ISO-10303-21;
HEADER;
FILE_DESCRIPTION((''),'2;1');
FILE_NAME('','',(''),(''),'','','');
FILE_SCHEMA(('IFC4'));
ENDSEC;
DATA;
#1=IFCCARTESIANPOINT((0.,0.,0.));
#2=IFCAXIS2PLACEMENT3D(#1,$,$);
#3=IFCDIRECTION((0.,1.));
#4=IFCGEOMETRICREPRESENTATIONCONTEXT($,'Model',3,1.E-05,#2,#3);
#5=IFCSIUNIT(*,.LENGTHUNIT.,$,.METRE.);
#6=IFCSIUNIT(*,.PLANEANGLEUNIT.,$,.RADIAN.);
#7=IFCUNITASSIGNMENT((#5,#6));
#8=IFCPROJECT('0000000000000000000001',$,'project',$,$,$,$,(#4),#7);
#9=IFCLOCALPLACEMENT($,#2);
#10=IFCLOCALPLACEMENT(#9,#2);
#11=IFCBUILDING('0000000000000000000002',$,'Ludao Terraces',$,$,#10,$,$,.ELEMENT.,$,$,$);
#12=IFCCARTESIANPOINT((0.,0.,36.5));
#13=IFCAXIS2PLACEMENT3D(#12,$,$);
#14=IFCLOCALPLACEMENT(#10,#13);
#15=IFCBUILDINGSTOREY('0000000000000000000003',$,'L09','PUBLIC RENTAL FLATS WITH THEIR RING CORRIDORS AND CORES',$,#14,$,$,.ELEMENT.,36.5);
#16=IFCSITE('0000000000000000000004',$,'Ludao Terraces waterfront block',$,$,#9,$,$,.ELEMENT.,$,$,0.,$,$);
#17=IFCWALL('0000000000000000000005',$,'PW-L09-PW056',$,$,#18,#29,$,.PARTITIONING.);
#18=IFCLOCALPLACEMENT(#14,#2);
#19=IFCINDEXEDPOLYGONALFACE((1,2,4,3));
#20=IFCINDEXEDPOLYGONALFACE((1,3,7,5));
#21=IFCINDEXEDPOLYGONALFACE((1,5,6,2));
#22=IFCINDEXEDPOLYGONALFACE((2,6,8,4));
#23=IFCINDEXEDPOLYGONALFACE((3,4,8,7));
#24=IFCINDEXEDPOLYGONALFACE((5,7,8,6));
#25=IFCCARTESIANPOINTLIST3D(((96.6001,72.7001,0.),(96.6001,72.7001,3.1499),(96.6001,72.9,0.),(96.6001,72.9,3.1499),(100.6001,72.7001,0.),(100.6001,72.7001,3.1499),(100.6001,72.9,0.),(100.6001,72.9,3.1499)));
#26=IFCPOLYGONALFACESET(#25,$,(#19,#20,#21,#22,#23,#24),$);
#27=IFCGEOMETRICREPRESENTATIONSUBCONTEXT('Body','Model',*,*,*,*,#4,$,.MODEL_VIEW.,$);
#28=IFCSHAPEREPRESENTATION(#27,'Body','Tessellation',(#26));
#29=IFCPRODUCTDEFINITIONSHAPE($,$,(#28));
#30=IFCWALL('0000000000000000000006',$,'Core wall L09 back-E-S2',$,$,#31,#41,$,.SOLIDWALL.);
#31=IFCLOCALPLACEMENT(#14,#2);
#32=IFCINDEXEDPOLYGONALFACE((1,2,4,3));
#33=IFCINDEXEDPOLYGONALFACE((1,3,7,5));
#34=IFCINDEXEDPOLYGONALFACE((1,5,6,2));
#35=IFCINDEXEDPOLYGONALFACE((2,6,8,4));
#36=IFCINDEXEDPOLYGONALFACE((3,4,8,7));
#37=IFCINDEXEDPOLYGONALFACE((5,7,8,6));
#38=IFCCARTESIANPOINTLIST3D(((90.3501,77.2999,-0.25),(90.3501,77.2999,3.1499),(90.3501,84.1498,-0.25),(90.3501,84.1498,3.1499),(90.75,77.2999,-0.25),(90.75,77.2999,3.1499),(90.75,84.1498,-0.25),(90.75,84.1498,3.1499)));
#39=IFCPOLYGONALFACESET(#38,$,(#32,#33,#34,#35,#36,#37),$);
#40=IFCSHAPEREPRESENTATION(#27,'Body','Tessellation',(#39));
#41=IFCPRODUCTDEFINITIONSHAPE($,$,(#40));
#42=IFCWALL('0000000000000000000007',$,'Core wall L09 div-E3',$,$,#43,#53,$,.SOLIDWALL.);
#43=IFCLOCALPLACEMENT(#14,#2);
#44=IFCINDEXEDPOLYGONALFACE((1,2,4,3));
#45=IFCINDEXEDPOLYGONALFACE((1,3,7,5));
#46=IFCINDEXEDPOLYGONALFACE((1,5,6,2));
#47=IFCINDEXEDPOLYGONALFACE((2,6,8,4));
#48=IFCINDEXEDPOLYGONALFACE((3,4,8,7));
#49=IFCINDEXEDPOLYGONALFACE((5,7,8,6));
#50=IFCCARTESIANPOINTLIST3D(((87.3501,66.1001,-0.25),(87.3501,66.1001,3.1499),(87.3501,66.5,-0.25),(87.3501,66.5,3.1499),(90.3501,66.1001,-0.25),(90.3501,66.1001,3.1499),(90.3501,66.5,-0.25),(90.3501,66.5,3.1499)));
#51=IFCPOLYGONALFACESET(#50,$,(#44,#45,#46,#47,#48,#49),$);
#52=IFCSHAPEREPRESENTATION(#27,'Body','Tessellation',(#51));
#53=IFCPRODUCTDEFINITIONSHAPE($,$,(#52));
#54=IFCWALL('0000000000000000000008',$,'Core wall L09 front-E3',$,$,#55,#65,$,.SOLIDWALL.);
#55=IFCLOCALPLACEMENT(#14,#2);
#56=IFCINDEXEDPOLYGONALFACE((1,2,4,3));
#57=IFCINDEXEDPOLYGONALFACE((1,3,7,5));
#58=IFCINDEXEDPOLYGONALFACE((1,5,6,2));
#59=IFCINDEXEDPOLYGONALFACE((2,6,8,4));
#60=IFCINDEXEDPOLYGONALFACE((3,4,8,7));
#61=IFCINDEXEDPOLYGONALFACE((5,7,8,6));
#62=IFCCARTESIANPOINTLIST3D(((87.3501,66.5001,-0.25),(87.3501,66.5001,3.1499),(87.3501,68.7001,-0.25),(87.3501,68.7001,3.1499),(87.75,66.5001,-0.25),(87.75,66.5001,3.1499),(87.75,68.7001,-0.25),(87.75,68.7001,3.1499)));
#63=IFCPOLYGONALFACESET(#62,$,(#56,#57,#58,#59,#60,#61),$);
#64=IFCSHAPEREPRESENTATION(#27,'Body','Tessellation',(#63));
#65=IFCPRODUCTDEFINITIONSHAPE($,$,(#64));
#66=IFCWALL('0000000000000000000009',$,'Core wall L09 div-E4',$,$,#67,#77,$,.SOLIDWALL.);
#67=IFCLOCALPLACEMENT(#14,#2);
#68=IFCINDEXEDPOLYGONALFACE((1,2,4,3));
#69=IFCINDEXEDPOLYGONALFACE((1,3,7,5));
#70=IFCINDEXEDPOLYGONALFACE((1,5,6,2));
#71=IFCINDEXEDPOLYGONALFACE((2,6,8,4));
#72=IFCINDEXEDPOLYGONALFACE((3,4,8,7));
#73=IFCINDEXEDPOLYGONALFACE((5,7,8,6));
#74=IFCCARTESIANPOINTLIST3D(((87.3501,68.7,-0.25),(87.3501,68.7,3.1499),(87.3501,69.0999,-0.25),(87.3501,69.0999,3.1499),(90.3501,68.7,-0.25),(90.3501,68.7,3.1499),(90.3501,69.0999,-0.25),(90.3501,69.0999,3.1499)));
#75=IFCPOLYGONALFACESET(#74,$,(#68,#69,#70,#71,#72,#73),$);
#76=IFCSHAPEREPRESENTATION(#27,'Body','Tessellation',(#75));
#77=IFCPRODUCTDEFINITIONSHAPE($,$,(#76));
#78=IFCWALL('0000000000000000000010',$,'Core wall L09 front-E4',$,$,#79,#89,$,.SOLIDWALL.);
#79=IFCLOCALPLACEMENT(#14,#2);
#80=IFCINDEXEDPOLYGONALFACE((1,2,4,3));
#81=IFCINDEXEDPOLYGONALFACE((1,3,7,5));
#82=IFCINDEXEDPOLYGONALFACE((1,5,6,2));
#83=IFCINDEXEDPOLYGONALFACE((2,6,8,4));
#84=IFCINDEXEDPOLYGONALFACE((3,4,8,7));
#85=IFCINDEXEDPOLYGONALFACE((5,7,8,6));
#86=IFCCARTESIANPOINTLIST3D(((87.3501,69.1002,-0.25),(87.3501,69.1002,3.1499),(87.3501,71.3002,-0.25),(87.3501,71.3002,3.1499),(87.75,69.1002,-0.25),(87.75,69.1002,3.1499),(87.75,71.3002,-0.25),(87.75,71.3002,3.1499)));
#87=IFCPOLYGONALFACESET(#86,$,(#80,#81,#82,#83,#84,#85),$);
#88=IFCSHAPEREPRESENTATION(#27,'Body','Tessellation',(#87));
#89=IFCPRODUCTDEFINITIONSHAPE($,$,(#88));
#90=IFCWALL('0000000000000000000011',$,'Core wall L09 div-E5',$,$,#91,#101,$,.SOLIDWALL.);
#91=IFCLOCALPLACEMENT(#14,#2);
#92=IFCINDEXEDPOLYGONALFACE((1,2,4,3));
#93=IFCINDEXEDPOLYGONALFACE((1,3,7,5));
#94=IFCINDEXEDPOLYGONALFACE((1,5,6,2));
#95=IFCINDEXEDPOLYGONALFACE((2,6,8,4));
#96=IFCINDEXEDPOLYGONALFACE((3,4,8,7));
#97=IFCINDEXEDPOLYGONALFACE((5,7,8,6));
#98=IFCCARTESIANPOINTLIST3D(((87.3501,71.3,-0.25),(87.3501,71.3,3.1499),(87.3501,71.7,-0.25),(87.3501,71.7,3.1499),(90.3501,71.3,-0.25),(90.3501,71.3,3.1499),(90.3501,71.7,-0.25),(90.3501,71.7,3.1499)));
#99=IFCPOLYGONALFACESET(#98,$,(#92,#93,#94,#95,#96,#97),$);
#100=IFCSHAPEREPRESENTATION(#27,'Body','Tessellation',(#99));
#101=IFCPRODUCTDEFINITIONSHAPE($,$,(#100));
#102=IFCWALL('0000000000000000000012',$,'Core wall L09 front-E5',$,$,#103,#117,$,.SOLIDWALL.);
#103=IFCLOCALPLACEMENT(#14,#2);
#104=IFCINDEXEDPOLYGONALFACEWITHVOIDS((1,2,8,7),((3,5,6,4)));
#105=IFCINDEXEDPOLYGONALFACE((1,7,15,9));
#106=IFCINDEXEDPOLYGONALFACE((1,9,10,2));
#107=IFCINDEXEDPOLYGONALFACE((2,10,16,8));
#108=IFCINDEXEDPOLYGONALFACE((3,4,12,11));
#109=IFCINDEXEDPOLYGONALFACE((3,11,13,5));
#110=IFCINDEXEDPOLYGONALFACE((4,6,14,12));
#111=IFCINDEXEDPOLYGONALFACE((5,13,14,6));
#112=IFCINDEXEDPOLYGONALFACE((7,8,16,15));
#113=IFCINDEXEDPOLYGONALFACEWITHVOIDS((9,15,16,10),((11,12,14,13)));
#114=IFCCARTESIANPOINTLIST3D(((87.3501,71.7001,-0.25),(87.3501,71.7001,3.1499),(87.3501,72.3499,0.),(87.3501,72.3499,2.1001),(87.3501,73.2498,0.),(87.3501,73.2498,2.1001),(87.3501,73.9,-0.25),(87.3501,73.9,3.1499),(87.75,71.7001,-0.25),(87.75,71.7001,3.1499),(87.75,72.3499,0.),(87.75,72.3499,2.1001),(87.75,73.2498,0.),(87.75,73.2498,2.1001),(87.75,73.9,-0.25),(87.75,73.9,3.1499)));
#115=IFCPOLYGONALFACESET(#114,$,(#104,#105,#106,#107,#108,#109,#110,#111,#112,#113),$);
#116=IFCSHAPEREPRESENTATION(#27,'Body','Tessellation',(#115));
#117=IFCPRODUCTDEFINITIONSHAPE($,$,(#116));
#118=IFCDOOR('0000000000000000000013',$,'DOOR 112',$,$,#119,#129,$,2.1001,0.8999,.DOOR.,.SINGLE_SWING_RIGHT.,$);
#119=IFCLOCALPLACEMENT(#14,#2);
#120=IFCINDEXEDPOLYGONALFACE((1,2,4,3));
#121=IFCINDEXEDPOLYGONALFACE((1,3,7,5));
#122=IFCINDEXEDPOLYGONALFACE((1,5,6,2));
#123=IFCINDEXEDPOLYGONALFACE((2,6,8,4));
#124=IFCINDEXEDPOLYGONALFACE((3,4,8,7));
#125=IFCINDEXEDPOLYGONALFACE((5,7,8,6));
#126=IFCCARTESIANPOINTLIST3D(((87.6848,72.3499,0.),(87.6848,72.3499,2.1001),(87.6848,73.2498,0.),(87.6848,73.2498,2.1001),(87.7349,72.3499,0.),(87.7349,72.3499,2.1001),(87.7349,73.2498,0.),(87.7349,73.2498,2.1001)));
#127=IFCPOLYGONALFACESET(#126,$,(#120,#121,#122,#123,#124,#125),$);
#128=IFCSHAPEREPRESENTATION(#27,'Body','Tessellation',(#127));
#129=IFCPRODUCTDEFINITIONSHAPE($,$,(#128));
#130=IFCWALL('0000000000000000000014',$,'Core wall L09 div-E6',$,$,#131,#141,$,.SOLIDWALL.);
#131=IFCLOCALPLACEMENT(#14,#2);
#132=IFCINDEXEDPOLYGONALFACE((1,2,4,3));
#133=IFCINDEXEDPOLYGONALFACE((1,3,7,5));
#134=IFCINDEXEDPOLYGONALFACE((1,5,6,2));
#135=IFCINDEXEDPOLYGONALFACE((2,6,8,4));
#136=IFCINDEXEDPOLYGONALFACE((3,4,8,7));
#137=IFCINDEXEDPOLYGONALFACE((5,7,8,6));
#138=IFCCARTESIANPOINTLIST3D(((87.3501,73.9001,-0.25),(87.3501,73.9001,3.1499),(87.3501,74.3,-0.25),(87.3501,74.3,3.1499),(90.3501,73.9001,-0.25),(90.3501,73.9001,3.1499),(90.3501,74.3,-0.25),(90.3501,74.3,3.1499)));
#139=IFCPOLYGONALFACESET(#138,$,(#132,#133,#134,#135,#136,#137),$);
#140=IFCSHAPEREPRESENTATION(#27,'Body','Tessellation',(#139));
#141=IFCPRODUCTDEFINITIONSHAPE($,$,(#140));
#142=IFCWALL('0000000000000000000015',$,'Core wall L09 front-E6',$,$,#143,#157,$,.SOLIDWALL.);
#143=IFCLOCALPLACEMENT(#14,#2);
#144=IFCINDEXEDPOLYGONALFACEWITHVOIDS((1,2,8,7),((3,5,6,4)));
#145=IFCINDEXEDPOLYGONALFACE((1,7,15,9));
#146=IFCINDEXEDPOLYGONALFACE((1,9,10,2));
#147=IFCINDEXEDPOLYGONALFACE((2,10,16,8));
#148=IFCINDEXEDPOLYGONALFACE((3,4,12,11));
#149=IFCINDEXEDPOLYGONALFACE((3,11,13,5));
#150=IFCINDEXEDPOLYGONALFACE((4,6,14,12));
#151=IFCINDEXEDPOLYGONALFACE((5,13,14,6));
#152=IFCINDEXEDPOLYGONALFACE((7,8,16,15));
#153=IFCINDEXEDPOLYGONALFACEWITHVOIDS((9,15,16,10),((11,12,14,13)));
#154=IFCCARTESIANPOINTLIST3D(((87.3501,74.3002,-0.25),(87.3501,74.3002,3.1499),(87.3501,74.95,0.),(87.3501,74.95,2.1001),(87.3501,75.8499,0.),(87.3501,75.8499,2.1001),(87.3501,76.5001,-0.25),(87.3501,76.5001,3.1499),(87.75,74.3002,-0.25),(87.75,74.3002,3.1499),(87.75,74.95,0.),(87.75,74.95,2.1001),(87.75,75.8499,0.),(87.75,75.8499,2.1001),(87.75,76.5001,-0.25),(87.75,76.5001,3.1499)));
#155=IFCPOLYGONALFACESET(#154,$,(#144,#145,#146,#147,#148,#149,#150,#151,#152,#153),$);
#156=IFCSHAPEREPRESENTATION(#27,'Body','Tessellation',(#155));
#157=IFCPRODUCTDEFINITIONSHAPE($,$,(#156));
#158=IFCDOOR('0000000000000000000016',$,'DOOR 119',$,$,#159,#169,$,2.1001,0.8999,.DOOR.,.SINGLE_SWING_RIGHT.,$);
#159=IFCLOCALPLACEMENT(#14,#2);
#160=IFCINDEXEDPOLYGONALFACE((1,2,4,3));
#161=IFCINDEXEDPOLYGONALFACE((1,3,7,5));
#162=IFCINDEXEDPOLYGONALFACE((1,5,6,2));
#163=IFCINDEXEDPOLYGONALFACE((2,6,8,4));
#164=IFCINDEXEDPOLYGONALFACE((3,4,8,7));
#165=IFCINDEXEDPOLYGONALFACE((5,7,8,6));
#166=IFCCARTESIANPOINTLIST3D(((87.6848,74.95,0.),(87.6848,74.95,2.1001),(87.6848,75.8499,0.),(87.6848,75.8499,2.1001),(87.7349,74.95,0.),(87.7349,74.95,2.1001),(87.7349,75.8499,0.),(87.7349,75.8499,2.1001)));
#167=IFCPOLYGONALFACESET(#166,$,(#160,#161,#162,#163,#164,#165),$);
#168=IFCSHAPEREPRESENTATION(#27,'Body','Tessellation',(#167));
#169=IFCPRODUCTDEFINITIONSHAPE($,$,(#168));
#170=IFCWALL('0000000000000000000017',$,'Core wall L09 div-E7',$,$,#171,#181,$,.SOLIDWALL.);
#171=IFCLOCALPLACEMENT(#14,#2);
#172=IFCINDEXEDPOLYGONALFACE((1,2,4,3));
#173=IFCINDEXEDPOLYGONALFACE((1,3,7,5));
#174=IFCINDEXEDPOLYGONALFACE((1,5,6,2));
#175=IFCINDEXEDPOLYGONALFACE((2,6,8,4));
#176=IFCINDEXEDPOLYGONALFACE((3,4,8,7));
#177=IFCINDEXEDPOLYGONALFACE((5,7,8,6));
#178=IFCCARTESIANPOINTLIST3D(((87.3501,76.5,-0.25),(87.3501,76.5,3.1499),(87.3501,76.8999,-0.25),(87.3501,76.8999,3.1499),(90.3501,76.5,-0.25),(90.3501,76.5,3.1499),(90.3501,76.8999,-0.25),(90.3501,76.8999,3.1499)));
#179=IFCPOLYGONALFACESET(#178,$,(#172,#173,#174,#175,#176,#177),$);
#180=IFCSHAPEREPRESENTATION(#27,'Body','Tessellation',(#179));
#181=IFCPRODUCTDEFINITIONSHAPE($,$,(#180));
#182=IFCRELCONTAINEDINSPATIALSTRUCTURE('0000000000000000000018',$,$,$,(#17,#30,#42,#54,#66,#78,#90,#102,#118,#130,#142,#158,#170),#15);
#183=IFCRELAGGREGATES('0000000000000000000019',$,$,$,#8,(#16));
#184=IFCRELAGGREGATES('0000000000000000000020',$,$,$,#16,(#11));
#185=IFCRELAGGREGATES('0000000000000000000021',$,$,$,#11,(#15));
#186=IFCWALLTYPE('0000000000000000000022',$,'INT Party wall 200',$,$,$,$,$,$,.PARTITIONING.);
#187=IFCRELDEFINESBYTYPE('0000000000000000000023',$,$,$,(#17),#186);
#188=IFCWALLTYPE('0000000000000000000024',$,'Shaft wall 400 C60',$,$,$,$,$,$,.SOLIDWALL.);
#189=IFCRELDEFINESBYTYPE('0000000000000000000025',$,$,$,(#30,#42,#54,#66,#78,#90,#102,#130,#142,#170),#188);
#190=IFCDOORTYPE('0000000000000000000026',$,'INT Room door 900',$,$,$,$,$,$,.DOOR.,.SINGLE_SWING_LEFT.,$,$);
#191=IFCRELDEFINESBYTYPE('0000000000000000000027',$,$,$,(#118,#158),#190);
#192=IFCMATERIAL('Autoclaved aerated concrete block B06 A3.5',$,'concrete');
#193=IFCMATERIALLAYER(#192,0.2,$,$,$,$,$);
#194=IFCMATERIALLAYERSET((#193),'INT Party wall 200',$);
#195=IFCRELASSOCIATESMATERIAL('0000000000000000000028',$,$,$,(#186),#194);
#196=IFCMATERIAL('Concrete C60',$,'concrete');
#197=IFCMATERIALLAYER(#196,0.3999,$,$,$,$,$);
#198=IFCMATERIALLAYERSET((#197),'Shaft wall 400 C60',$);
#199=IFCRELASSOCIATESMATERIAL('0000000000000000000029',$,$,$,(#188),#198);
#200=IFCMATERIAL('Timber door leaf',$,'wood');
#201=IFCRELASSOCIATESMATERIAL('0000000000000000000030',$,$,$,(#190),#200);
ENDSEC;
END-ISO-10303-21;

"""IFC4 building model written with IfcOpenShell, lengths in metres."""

from ifc_helpers import new_model, si_unit, direction, frame, frame_2d, origin, place, context, subcontext, project, spatial, rectangle, extrude, material, layer, layer_set, type_object, element, fill, save


model = new_model("IFC4")

# Units and contexts
model_context = context("Model", 3, precision=1e-05, world=origin(), true_north=direction((0.0, 1.0)))
body_context = subcontext(model_context, "Body", "Model", "MODEL_VIEW")
ifc_project = project(units=[si_unit("LENGTHUNIT", "METRE"), si_unit("PLANEANGLEUNIT", "RADIAN")], contexts=[model_context])

# Site, building, storey
site_placement = place(None, origin())
site = spatial("IfcSite", under=ifc_project, at=site_placement, Name="Ludao Terraces waterfront block", CompositionType="ELEMENT", RefElevation=0.0)
building_placement = place(site_placement, origin())
building = spatial("IfcBuilding", under=site, at=building_placement, Name="Ludao Terraces", CompositionType="ELEMENT")
storey_placement = place(building_placement, frame((0.0, 0.0, 36.5)))
storey = spatial("IfcBuildingStorey", under=building, at=storey_placement, Name="L09", Description="PUBLIC RENTAL FLATS WITH THEIR RING CORRIDORS AND CORES", CompositionType="ELEMENT", Elevation=36.5)

# Walls
ifc_material_1 = material(Name="Autoclaved aerated concrete block B06 A3.5", Category="concrete")
ifc_layer_1 = layer(ifc_material_1, 0.2)
ifc_layer_set_1 = layer_set([ifc_layer_1], Name="INT Party wall 200")
wall_type_1 = type_object("IfcWallType", Name="INT Party wall 200", PredefinedType="PARTITIONING", material=ifc_layer_set_1)
wall_1_placement = place(storey_placement, frame((96.6001, 72.8, 0.0), z_axis=(0.0, 0.0, 1.0), x_axis=(1.0, 0.0, 0.0)))
element("IfcWall", 1, at=wall_1_placement, inside=storey, type_object=wall_type_1, Name="PW-L09-PW056", PredefinedType="PARTITIONING", context=body_context, shape_type="SweptSolid", body=[
    extrude(rectangle(XDim=4.0, YDim=0.2, at=frame_2d((2.0, 0.0))), origin(), (0.0, 0.0, 1.0), 3.1499),
])
ifc_material_2 = material(Name="Concrete C60", Category="concrete")
ifc_layer_2 = layer(ifc_material_2, 0.3999)
ifc_layer_set_2 = layer_set([ifc_layer_2], Name="Shaft wall 400 C60")
wall_type_2 = type_object("IfcWallType", Name="Shaft wall 400 C60", PredefinedType="SOLIDWALL", material=ifc_layer_set_2)
wall_2_placement = place(storey_placement, frame((90.55, 77.3, -0.25), z_axis=(0.0, 0.0, 1.0), x_axis=(0.0, 1.0, 0.0)))
element("IfcWall", 2, at=wall_2_placement, inside=storey, type_object=wall_type_2, Name="Core wall L09 back-E-S2", PredefinedType="SOLIDWALL", context=body_context, shape_type="SweptSolid", body=[
    extrude(rectangle(XDim=6.8499, YDim=0.3999, at=frame_2d((3.4248, 0.0))), origin(), (0.0, 0.0, 1.0), 3.3999),
])
wall_3_placement = place(storey_placement, frame((87.3501, 66.3, -0.25), z_axis=(0.0, 0.0, 1.0), x_axis=(1.0, 0.0, 0.0)))
element("IfcWall", 3, at=wall_3_placement, inside=storey, type_object=wall_type_2, Name="Core wall L09 div-E3", PredefinedType="SOLIDWALL", context=body_context, shape_type="SweptSolid", body=[
    extrude(rectangle(XDim=3.0, YDim=0.3999, at=frame_2d((1.5, 0.0))), origin(), (0.0, 0.0, 1.0), 3.3999),
])
wall_4_placement = place(storey_placement, frame((87.55, 66.5, -0.25), z_axis=(0.0, 0.0, 1.0), x_axis=(0.0, 1.0, 0.0)))
element("IfcWall", 4, at=wall_4_placement, inside=storey, type_object=wall_type_2, Name="Core wall L09 front-E3", PredefinedType="SOLIDWALL", context=body_context, shape_type="SweptSolid", body=[
    extrude(rectangle(XDim=2.2, YDim=0.3999, at=frame_2d((1.1001, 0.0))), origin(), (0.0, 0.0, 1.0), 3.3999),
])
wall_5_placement = place(storey_placement, frame((87.3501, 68.8999, -0.25), z_axis=(0.0, 0.0, 1.0), x_axis=(1.0, 0.0, 0.0)))
element("IfcWall", 5, at=wall_5_placement, inside=storey, type_object=wall_type_2, Name="Core wall L09 div-E4", PredefinedType="SOLIDWALL", context=body_context, shape_type="SweptSolid", body=[
    extrude(rectangle(XDim=3.0, YDim=0.3999, at=frame_2d((1.5, 0.0))), origin(), (0.0, 0.0, 1.0), 3.3999),
])
wall_6_placement = place(storey_placement, frame((87.55, 69.1001, -0.25), z_axis=(0.0, 0.0, 1.0), x_axis=(0.0, 1.0, 0.0)))
element("IfcWall", 6, at=wall_6_placement, inside=storey, type_object=wall_type_2, Name="Core wall L09 front-E4", PredefinedType="SOLIDWALL", context=body_context, shape_type="SweptSolid", body=[
    extrude(rectangle(XDim=2.2, YDim=0.3999, at=frame_2d((1.1001, 0.0))), origin(), (0.0, 0.0, 1.0), 3.3999),
])
wall_7_placement = place(storey_placement, frame((87.3501, 71.5, -0.25), z_axis=(0.0, 0.0, 1.0), x_axis=(1.0, 0.0, 0.0)))
element("IfcWall", 7, at=wall_7_placement, inside=storey, type_object=wall_type_2, Name="Core wall L09 div-E5", PredefinedType="SOLIDWALL", context=body_context, shape_type="SweptSolid", body=[
    extrude(rectangle(XDim=3.0, YDim=0.3999, at=frame_2d((1.5, 0.0))), origin(), (0.0, 0.0, 1.0), 3.3999),
])

# Wall, opening, door
wall_8_placement = place(storey_placement, frame((87.55, 71.7, -0.25), z_axis=(0.0, 0.0, 1.0), x_axis=(0.0, 1.0, 0.0)))
wall_8 = element("IfcWall", 8, at=wall_8_placement, inside=storey, type_object=wall_type_2, Name="Core wall L09 front-E5", PredefinedType="SOLIDWALL", context=body_context, shape_type="SweptSolid", body=[
    extrude(rectangle(XDim=2.2, YDim=0.3999, at=frame_2d((1.1001, 0.0))), origin(), (0.0, 0.0, 1.0), 3.3999),
])
opening_1_placement = place(wall_8_placement, frame((0.6499, 0.0, 0.25)))
opening_1 = element("IfcOpeningElement", 9, at=opening_1_placement, cuts=wall_8, PredefinedType="OPENING", context=body_context, shape_type="SweptSolid", body=[
    extrude(rectangle(XDim=0.8999, YDim=2.1001, at=frame_2d((0.45, 1.05))), frame((0.0, 0.21, 0.0), z_axis=(0.0, -1.0, 0.0), x_axis=(1.0, 0.0, 0.0)), (0.0, 0.0, 1.0), 0.4199),
])
ifc_material_3 = material(Name="Timber door leaf", Category="wood")
door_type_1 = type_object("IfcDoorType", Name="INT Room door 900", OperationType="SINGLE_SWING_LEFT", PredefinedType="DOOR", material=ifc_material_3)
door_1_placement = place(opening_1_placement, origin())
door_1 = element("IfcDoor", 10, at=door_1_placement, inside=storey, type_object=door_type_1, Name="DOOR 112", OperationType="SINGLE_SWING_RIGHT", OverallHeight=2.1001, OverallWidth=0.8999, PredefinedType="DOOR", context=body_context, shape_type="SweptSolid", body=[
    extrude(rectangle(XDim=0.8999, YDim=2.1001, at=frame_2d((0.45, 1.05))), frame((0.0, -0.1348, 0.0), z_axis=(0.0, -1.0, 0.0), x_axis=(1.0, 0.0, 0.0)), (0.0, 0.0, 1.0), 0.05),
])
fill(opening_1, door_1)

# Wall
wall_9_placement = place(storey_placement, frame((87.3501, 74.1001, -0.25), z_axis=(0.0, 0.0, 1.0), x_axis=(1.0, 0.0, 0.0)))
element("IfcWall", 11, at=wall_9_placement, inside=storey, type_object=wall_type_2, Name="Core wall L09 div-E6", PredefinedType="SOLIDWALL", context=body_context, shape_type="SweptSolid", body=[
    extrude(rectangle(XDim=3.0, YDim=0.3999, at=frame_2d((1.5, 0.0))), origin(), (0.0, 0.0, 1.0), 3.3999),
])

# Wall, opening, door
wall_10_placement = place(storey_placement, frame((87.55, 74.3, -0.25), z_axis=(0.0, 0.0, 1.0), x_axis=(0.0, 1.0, 0.0)))
wall_10 = element("IfcWall", 12, at=wall_10_placement, inside=storey, type_object=wall_type_2, Name="Core wall L09 front-E6", PredefinedType="SOLIDWALL", context=body_context, shape_type="SweptSolid", body=[
    extrude(rectangle(XDim=2.2, YDim=0.3999, at=frame_2d((1.1001, 0.0))), origin(), (0.0, 0.0, 1.0), 3.3999),
])
opening_2_placement = place(wall_10_placement, frame((0.6499, 0.0, 0.25)))
opening_2 = element("IfcOpeningElement", 13, at=opening_2_placement, cuts=wall_10, PredefinedType="OPENING", context=body_context, shape_type="SweptSolid", body=[
    extrude(rectangle(XDim=0.8999, YDim=2.1001, at=frame_2d((0.45, 1.05))), frame((0.0, 0.21, 0.0), z_axis=(0.0, -1.0, 0.0), x_axis=(1.0, 0.0, 0.0)), (0.0, 0.0, 1.0), 0.4199),
])
door_2_placement = place(opening_2_placement, origin())
door_2 = element("IfcDoor", 14, at=door_2_placement, inside=storey, type_object=door_type_1, Name="DOOR 119", OperationType="SINGLE_SWING_RIGHT", OverallHeight=2.1001, OverallWidth=0.8999, PredefinedType="DOOR", context=body_context, shape_type="SweptSolid", body=[
    extrude(rectangle(XDim=0.8999, YDim=2.1001, at=frame_2d((0.45, 1.05))), frame((0.0, -0.1348, 0.0), z_axis=(0.0, -1.0, 0.0), x_axis=(1.0, 0.0, 0.0)), (0.0, 0.0, 1.0), 0.05),
])
fill(opening_2, door_2)

# Wall
wall_11_placement = place(storey_placement, frame((87.3501, 76.7, -0.25), z_axis=(0.0, 0.0, 1.0), x_axis=(1.0, 0.0, 0.0)))
element("IfcWall", 15, at=wall_11_placement, inside=storey, type_object=wall_type_2, Name="Core wall L09 div-E7", PredefinedType="SOLIDWALL", context=body_context, shape_type="SweptSolid", body=[
    extrude(rectangle(XDim=3.0, YDim=0.3999, at=frame_2d((1.5, 0.0))), origin(), (0.0, 0.0, 1.0), 3.3999),
])

save(model, "model.ifc")
